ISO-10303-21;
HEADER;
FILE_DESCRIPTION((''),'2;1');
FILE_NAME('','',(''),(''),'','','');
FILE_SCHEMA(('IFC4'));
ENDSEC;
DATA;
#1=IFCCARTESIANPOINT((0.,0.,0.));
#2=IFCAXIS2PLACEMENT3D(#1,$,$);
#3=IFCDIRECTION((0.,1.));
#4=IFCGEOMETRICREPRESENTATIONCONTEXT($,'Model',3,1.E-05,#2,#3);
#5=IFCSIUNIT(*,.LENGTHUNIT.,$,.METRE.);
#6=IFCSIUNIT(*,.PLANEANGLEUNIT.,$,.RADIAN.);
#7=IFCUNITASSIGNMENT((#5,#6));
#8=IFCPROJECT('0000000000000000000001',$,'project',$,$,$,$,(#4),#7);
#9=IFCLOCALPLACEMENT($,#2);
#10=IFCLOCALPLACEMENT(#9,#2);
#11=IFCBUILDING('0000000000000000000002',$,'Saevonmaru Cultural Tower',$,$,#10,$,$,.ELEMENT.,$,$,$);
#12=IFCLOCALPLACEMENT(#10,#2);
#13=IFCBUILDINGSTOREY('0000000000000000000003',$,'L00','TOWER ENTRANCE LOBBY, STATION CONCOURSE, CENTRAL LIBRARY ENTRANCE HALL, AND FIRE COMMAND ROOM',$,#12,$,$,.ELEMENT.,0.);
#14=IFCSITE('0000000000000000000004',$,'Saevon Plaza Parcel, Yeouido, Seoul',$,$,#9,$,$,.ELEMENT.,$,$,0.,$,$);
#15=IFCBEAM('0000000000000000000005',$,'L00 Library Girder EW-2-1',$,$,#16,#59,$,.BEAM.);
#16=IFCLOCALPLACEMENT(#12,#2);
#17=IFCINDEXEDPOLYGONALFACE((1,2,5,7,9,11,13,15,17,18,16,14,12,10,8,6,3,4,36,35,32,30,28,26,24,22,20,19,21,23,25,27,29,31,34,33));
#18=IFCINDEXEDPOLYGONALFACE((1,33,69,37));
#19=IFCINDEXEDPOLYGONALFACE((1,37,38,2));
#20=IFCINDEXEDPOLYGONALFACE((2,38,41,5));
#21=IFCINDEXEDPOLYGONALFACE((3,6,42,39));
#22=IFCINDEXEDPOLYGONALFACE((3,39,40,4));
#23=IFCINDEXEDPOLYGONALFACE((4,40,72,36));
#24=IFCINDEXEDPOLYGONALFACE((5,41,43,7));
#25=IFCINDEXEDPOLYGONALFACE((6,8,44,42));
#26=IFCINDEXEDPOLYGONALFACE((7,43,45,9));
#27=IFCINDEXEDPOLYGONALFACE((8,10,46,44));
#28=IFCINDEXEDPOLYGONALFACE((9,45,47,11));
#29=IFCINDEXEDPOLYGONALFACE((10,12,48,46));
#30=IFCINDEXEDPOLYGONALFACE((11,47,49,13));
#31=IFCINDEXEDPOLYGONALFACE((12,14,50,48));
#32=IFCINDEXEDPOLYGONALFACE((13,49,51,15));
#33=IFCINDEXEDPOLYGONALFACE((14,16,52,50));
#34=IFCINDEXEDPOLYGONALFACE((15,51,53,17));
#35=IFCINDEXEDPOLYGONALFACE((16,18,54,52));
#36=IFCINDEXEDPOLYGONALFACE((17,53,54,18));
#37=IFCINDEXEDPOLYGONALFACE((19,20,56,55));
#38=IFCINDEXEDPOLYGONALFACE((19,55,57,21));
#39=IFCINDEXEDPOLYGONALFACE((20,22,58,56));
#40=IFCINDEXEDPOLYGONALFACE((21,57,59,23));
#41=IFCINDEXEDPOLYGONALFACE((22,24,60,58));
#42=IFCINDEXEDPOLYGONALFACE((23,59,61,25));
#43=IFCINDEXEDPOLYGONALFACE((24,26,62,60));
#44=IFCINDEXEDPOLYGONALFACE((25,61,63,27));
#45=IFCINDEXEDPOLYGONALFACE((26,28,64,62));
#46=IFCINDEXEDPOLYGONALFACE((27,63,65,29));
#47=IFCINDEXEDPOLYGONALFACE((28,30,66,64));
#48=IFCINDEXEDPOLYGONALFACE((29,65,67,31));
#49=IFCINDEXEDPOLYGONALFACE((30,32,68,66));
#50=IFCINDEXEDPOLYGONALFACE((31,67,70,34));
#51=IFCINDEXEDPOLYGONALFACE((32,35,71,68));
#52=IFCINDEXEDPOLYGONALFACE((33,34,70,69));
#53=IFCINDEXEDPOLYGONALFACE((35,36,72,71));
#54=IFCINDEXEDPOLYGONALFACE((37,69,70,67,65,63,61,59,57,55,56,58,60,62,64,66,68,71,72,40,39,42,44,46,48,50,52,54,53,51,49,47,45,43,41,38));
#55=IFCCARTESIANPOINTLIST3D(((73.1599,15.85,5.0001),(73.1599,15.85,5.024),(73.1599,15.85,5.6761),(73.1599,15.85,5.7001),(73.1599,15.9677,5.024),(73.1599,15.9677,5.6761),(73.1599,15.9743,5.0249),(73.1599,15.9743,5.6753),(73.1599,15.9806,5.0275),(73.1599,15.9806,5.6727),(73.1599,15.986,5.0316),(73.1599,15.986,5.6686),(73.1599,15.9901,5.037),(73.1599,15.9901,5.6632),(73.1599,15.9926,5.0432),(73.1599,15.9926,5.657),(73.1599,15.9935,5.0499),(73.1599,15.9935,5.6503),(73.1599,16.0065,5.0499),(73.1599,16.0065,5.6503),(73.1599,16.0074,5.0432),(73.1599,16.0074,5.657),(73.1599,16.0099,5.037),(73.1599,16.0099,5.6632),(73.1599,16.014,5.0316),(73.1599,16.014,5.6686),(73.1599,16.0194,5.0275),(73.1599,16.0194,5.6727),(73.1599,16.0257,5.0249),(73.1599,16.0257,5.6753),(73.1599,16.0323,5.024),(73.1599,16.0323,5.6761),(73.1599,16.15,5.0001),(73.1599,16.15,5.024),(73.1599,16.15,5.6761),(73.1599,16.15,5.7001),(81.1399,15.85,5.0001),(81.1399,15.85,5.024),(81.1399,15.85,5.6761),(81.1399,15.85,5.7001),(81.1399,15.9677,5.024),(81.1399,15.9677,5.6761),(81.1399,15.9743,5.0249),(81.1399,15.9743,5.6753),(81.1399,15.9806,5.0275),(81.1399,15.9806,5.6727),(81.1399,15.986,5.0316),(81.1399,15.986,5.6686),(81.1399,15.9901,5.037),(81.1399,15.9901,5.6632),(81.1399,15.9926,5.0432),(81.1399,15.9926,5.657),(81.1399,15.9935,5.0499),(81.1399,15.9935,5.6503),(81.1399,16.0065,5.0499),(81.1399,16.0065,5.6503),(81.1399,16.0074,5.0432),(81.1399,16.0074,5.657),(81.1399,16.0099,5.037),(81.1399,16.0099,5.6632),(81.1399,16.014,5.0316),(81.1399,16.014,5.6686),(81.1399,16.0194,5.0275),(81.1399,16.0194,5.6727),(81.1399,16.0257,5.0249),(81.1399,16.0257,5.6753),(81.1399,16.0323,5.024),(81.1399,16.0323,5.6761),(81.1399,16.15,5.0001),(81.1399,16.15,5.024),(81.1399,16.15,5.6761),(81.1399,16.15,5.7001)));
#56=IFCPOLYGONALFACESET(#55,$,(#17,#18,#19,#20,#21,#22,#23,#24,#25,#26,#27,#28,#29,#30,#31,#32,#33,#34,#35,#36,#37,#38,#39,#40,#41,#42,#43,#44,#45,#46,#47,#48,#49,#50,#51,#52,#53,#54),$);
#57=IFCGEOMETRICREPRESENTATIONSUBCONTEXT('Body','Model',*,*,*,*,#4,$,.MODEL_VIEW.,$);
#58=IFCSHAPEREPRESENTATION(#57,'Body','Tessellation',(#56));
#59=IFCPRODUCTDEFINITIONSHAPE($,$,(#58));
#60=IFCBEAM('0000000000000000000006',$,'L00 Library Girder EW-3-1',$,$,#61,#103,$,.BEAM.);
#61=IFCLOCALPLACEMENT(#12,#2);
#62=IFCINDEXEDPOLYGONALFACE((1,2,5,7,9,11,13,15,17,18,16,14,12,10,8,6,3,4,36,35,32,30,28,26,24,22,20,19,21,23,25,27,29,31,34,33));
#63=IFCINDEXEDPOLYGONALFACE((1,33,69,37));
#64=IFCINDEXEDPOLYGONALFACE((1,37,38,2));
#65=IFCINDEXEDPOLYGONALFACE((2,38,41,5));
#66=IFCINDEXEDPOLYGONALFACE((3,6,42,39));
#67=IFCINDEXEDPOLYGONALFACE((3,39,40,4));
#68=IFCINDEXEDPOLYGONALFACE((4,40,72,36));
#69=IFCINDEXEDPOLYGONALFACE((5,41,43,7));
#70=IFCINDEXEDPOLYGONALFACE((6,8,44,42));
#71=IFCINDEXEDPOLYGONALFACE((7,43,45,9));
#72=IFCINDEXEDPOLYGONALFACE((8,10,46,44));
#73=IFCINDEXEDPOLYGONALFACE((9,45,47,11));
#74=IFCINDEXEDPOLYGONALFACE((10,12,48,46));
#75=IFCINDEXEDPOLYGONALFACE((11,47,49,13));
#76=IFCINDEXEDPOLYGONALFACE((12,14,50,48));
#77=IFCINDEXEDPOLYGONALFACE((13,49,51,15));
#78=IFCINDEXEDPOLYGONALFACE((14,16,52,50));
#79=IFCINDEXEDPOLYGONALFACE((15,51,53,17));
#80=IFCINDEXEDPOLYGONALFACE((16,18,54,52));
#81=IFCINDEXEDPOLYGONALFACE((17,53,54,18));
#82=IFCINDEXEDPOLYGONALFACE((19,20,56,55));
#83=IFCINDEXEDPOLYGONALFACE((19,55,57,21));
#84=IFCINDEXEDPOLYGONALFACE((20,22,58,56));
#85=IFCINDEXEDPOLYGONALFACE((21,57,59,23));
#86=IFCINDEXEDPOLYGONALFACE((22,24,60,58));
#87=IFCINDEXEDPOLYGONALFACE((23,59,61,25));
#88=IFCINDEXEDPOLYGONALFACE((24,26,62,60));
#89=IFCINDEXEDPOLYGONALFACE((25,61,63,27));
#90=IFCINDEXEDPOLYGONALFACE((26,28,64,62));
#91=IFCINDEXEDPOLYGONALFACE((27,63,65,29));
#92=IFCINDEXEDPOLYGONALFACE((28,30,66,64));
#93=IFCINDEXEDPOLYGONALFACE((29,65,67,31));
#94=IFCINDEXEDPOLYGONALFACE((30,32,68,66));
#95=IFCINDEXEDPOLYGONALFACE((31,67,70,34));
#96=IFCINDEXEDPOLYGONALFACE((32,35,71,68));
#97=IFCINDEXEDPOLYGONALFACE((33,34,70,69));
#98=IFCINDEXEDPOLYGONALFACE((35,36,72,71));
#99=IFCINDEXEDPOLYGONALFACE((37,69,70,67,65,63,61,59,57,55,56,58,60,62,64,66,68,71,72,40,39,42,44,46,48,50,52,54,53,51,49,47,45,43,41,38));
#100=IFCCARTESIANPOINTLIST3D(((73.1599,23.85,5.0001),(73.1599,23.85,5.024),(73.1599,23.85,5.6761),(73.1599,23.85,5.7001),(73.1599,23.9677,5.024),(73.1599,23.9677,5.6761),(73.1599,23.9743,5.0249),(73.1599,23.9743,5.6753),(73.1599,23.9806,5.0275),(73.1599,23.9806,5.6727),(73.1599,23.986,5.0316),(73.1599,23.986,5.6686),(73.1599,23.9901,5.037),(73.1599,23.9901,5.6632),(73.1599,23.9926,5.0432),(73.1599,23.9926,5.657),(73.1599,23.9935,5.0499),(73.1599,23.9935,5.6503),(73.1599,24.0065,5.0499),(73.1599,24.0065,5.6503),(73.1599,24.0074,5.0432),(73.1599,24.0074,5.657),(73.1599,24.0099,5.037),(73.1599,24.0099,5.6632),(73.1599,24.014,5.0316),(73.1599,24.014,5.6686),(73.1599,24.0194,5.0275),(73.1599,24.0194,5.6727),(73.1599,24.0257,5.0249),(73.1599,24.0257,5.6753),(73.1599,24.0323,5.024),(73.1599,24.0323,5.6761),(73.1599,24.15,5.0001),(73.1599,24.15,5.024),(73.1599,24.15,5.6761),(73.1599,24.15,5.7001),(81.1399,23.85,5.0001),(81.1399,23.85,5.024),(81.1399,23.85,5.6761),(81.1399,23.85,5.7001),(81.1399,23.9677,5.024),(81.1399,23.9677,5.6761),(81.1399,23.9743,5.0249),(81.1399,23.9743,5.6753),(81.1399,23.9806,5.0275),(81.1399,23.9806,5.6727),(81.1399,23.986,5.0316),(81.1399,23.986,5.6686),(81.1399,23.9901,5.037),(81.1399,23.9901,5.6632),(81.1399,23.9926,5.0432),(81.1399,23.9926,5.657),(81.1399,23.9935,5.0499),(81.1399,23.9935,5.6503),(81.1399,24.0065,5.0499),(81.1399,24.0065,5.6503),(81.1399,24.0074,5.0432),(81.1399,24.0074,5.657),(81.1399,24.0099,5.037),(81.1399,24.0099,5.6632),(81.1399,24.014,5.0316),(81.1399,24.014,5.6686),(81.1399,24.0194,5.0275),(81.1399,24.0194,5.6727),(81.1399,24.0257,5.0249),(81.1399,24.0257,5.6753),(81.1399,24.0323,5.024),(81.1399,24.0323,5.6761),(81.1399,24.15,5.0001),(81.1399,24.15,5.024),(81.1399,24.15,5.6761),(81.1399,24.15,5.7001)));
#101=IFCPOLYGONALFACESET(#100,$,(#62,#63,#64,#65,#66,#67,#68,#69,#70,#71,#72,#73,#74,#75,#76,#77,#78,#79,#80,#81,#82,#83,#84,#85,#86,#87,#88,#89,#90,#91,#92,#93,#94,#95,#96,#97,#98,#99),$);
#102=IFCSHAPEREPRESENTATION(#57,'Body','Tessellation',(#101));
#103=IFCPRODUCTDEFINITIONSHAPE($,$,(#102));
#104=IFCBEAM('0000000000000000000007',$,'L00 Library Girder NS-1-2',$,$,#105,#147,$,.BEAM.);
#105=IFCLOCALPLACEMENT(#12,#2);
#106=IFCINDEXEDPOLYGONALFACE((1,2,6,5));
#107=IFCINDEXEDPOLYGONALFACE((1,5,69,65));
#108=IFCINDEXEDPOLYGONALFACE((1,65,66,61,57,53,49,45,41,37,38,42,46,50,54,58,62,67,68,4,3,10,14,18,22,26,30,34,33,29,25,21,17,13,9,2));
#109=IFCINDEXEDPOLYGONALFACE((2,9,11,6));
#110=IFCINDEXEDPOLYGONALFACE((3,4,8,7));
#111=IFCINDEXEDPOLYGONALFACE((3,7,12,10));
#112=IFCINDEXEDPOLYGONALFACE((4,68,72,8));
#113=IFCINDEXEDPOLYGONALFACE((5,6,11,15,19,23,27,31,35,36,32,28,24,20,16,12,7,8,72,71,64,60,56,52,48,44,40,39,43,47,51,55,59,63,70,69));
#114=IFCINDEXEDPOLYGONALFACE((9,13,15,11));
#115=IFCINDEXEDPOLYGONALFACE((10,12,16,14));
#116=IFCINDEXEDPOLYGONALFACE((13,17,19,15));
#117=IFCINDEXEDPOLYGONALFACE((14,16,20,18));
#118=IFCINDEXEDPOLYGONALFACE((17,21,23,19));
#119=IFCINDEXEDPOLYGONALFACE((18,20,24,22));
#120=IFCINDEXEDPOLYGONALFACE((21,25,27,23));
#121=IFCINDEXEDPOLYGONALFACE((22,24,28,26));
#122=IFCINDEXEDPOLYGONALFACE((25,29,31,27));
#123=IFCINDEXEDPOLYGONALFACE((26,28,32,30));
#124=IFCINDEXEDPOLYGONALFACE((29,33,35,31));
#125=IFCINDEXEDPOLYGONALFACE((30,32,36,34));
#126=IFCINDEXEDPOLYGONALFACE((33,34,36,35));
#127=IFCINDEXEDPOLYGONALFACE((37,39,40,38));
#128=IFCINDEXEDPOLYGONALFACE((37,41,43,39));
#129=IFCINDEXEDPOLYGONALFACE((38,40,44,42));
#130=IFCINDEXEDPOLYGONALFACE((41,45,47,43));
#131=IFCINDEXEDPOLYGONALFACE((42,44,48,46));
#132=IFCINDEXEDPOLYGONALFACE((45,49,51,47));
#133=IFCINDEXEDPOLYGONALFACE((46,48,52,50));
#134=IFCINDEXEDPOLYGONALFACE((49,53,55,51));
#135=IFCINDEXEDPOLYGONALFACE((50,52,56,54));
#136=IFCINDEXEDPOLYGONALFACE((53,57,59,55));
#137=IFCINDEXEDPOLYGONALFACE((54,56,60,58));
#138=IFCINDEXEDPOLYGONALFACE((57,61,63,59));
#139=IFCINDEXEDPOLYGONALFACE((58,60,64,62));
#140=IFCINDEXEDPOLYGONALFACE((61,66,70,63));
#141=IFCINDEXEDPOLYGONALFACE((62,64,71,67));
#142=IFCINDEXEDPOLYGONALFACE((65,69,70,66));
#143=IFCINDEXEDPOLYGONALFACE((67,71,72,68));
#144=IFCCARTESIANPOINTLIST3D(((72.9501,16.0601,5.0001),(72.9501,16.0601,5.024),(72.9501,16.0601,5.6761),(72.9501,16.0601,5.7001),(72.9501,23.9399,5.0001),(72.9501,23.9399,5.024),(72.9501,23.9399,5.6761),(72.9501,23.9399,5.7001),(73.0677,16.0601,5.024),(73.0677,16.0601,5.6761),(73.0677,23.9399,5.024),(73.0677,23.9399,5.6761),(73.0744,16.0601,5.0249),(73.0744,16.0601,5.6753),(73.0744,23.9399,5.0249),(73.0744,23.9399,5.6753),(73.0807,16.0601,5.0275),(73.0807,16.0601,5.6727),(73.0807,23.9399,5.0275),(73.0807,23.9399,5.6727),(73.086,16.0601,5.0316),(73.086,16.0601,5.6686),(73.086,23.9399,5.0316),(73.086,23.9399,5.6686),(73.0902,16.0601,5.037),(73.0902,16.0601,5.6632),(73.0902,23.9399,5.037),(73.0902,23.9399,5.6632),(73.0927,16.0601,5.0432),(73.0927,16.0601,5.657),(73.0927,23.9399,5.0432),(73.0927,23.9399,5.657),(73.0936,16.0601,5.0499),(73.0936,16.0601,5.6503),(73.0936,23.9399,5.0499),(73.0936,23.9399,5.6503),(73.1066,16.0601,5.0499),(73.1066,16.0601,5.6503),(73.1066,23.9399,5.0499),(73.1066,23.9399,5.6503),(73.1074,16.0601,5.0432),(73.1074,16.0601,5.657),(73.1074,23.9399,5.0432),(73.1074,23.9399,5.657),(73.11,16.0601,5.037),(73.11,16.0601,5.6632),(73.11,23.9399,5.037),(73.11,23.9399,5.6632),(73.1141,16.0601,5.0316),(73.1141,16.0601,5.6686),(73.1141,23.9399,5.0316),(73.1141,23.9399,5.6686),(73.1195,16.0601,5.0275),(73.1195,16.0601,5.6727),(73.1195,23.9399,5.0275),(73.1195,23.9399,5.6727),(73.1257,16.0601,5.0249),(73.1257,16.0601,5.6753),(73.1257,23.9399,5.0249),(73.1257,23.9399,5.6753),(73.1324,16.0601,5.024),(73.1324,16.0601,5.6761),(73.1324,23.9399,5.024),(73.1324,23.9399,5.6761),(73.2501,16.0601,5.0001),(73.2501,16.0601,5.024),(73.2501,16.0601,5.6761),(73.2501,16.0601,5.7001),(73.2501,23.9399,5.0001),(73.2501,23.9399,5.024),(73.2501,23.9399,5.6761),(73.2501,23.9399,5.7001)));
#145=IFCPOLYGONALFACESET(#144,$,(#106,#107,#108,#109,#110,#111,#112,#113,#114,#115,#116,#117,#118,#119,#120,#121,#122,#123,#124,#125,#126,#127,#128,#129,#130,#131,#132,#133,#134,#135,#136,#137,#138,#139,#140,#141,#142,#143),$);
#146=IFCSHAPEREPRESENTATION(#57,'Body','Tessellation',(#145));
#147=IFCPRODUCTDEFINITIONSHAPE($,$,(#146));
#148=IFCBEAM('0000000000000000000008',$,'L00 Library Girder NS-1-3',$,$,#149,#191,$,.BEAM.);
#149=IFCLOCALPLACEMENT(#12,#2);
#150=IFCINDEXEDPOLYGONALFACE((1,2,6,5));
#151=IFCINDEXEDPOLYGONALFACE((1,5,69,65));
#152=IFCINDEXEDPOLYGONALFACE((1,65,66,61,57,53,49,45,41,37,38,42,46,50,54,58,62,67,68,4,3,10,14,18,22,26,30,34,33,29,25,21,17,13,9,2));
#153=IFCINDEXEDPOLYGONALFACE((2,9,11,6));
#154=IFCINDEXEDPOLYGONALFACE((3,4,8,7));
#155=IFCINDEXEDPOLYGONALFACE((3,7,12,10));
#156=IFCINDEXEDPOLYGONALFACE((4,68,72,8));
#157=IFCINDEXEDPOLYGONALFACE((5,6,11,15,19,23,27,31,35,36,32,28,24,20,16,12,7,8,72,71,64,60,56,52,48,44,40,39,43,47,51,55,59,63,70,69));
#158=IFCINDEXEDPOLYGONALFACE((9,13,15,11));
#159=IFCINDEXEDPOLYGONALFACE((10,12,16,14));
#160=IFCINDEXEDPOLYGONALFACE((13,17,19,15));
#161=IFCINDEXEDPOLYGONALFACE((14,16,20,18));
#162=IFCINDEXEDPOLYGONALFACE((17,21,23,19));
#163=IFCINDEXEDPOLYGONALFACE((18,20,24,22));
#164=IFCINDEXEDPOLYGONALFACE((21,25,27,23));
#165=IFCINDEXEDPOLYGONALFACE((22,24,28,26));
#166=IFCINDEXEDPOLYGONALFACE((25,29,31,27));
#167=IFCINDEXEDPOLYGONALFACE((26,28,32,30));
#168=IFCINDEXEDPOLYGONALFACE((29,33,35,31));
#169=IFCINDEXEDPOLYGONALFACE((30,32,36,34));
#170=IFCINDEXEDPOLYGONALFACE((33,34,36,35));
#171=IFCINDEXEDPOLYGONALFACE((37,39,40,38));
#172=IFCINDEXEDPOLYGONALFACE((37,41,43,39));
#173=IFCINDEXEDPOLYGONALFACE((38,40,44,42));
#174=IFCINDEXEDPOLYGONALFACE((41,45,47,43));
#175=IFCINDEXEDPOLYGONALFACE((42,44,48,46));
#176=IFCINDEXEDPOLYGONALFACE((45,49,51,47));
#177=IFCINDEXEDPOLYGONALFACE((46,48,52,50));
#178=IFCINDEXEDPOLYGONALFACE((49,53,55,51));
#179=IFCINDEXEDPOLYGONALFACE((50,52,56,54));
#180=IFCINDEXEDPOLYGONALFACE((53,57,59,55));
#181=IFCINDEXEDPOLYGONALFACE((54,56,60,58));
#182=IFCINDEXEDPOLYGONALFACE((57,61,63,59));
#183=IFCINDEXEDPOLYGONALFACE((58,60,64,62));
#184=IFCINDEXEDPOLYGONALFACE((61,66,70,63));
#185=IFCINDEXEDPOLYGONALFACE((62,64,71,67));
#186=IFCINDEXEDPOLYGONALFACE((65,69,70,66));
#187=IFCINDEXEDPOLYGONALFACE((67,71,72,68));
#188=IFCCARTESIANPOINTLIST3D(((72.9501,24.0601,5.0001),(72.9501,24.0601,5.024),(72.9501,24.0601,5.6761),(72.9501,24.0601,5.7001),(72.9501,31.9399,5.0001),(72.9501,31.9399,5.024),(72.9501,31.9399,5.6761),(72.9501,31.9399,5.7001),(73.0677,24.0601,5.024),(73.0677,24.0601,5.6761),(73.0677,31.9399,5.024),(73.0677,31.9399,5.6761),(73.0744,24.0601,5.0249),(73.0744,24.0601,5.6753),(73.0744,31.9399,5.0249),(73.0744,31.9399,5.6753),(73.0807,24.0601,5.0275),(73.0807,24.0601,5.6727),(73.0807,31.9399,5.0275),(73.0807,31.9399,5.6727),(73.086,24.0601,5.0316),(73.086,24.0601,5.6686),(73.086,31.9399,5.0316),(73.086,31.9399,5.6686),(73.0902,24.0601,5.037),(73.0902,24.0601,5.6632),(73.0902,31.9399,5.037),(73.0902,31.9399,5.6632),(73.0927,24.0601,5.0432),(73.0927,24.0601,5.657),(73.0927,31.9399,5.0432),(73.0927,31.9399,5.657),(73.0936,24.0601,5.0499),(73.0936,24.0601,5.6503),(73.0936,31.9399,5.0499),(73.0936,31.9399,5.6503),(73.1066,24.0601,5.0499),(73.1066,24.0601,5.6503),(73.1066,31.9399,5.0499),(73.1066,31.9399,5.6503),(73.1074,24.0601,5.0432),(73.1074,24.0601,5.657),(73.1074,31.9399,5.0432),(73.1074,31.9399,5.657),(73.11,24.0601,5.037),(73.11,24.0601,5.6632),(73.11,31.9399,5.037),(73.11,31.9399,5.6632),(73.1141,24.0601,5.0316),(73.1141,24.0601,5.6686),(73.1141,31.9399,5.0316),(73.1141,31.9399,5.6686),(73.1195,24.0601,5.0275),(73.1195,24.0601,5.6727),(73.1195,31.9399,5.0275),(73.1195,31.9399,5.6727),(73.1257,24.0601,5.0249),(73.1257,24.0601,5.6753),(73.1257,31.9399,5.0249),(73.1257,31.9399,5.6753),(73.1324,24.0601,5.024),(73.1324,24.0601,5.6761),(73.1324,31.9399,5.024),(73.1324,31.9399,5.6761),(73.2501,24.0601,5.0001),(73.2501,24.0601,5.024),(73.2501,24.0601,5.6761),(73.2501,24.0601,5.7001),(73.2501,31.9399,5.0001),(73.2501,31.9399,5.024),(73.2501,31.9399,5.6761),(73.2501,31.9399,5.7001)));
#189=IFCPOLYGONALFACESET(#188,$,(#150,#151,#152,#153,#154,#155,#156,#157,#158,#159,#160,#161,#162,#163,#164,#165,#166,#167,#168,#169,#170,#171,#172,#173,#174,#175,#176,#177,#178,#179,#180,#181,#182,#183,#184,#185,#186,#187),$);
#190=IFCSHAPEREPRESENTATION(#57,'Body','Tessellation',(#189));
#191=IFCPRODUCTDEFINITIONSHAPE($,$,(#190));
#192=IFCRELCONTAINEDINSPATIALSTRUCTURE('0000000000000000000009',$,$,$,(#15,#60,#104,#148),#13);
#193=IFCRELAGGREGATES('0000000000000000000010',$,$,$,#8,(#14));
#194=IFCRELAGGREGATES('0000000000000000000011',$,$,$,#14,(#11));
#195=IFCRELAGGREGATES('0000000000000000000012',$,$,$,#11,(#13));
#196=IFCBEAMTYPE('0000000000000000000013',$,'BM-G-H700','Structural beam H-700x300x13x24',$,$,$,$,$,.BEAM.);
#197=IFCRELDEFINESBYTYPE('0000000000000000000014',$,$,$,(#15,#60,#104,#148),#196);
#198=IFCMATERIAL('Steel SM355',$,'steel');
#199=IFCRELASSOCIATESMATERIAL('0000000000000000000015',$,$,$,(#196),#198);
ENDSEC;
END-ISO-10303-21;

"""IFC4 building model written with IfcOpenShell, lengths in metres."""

from ifc_helpers import new_model, si_unit, direction, frame, origin, origin_2d, place, context, subcontext, project, spatial, i_section, extrude, material, material_profile, profile_set, type_object, element, save


model = new_model("IFC4")

# Units and contexts
model_context = context("Model", 3, precision=1e-05, world=origin(), true_north=direction((0.0, 1.0)))
body_context = subcontext(model_context, "Body", "Model", "MODEL_VIEW")
ifc_project = project(units=[si_unit("LENGTHUNIT", "METRE"), si_unit("PLANEANGLEUNIT", "RADIAN")], contexts=[model_context])

# Site, building, storey
site_placement = place(None, origin())
site = spatial("IfcSite", under=ifc_project, at=site_placement, Name="Saevon Plaza Parcel, Yeouido, Seoul", CompositionType="ELEMENT", RefElevation=0.0)
building_placement = place(site_placement, origin())
building = spatial("IfcBuilding", under=site, at=building_placement, Name="Saevonmaru Cultural Tower", CompositionType="ELEMENT")
storey_placement = place(building_placement, origin())
storey = spatial("IfcBuildingStorey", under=building, at=storey_placement, Name="L00", Description="TOWER ENTRANCE LOBBY, STATION CONCOURSE, CENTRAL LIBRARY ENTRANCE HALL, AND FIRE COMMAND ROOM", CompositionType="ELEMENT", Elevation=0.0)

# Shared definitions
ifc_material_1 = material(Name="Steel SM355", Category="steel")

# Beams
ifc_material_profile_1 = material_profile(ifc_material_1, i_section(OverallWidth=0.3, OverallDepth=0.7, WebThickness=0.0129, FlangeThickness=0.0239, FilletRadius=0.0259, at=origin_2d()), Name="H-700x300x13x24")
ifc_profile_set_1 = profile_set([ifc_material_profile_1], Name="Steel SM355")
beam_type_1 = type_object("IfcBeamType", Name="BM-G-H700", Description="Structural beam H-700x300x13x24", PredefinedType="BEAM", material=ifc_profile_set_1)
for number, where, z_axis, x_axis, name in (
    (1, (73.1599, 16.0, 5.3501), (1.0, 0.0, 0.0), (0.0, 1.0, 0.0), "L00 Library Girder EW-2-1"),
    (2, (73.1599, 24.0, 5.3501), (1.0, 0.0, 0.0), (0.0, 1.0, 0.0), "L00 Library Girder EW-3-1"),
):
    element("IfcBeam", number, at=place(storey_placement, frame(where, z_axis=z_axis, x_axis=x_axis)), inside=storey, type_object=beam_type_1, Name=name, PredefinedType="BEAM", context=body_context, shape_type="SweptSolid", body=[
        extrude(i_section(OverallWidth=0.3, OverallDepth=0.7, WebThickness=0.0129, FlangeThickness=0.0239, FilletRadius=0.0259, at=origin_2d()), origin(), (0.0, 0.0, 1.0), 7.98),
    ])
for number, where, z_axis, x_axis, name in (
    (3, (73.1001, 16.0601, 5.3501), (0.0, 1.0, 0.0), (-1.0, 0.0, 0.0), "L00 Library Girder NS-1-2"),
    (4, (73.1001, 24.0601, 5.3501), (0.0, 1.0, 0.0), (-1.0, 0.0, 0.0), "L00 Library Girder NS-1-3"),
):
    element("IfcBeam", number, at=place(storey_placement, frame(where, z_axis=z_axis, x_axis=x_axis)), inside=storey, type_object=beam_type_1, Name=name, PredefinedType="BEAM", context=body_context, shape_type="SweptSolid", body=[
        extrude(i_section(OverallWidth=0.3, OverallDepth=0.7, WebThickness=0.0129, FlangeThickness=0.0239, FilletRadius=0.0259, at=origin_2d()), origin(), (0.0, 0.0, 1.0), 7.8799),
    ])

save(model, "model.ifc")
